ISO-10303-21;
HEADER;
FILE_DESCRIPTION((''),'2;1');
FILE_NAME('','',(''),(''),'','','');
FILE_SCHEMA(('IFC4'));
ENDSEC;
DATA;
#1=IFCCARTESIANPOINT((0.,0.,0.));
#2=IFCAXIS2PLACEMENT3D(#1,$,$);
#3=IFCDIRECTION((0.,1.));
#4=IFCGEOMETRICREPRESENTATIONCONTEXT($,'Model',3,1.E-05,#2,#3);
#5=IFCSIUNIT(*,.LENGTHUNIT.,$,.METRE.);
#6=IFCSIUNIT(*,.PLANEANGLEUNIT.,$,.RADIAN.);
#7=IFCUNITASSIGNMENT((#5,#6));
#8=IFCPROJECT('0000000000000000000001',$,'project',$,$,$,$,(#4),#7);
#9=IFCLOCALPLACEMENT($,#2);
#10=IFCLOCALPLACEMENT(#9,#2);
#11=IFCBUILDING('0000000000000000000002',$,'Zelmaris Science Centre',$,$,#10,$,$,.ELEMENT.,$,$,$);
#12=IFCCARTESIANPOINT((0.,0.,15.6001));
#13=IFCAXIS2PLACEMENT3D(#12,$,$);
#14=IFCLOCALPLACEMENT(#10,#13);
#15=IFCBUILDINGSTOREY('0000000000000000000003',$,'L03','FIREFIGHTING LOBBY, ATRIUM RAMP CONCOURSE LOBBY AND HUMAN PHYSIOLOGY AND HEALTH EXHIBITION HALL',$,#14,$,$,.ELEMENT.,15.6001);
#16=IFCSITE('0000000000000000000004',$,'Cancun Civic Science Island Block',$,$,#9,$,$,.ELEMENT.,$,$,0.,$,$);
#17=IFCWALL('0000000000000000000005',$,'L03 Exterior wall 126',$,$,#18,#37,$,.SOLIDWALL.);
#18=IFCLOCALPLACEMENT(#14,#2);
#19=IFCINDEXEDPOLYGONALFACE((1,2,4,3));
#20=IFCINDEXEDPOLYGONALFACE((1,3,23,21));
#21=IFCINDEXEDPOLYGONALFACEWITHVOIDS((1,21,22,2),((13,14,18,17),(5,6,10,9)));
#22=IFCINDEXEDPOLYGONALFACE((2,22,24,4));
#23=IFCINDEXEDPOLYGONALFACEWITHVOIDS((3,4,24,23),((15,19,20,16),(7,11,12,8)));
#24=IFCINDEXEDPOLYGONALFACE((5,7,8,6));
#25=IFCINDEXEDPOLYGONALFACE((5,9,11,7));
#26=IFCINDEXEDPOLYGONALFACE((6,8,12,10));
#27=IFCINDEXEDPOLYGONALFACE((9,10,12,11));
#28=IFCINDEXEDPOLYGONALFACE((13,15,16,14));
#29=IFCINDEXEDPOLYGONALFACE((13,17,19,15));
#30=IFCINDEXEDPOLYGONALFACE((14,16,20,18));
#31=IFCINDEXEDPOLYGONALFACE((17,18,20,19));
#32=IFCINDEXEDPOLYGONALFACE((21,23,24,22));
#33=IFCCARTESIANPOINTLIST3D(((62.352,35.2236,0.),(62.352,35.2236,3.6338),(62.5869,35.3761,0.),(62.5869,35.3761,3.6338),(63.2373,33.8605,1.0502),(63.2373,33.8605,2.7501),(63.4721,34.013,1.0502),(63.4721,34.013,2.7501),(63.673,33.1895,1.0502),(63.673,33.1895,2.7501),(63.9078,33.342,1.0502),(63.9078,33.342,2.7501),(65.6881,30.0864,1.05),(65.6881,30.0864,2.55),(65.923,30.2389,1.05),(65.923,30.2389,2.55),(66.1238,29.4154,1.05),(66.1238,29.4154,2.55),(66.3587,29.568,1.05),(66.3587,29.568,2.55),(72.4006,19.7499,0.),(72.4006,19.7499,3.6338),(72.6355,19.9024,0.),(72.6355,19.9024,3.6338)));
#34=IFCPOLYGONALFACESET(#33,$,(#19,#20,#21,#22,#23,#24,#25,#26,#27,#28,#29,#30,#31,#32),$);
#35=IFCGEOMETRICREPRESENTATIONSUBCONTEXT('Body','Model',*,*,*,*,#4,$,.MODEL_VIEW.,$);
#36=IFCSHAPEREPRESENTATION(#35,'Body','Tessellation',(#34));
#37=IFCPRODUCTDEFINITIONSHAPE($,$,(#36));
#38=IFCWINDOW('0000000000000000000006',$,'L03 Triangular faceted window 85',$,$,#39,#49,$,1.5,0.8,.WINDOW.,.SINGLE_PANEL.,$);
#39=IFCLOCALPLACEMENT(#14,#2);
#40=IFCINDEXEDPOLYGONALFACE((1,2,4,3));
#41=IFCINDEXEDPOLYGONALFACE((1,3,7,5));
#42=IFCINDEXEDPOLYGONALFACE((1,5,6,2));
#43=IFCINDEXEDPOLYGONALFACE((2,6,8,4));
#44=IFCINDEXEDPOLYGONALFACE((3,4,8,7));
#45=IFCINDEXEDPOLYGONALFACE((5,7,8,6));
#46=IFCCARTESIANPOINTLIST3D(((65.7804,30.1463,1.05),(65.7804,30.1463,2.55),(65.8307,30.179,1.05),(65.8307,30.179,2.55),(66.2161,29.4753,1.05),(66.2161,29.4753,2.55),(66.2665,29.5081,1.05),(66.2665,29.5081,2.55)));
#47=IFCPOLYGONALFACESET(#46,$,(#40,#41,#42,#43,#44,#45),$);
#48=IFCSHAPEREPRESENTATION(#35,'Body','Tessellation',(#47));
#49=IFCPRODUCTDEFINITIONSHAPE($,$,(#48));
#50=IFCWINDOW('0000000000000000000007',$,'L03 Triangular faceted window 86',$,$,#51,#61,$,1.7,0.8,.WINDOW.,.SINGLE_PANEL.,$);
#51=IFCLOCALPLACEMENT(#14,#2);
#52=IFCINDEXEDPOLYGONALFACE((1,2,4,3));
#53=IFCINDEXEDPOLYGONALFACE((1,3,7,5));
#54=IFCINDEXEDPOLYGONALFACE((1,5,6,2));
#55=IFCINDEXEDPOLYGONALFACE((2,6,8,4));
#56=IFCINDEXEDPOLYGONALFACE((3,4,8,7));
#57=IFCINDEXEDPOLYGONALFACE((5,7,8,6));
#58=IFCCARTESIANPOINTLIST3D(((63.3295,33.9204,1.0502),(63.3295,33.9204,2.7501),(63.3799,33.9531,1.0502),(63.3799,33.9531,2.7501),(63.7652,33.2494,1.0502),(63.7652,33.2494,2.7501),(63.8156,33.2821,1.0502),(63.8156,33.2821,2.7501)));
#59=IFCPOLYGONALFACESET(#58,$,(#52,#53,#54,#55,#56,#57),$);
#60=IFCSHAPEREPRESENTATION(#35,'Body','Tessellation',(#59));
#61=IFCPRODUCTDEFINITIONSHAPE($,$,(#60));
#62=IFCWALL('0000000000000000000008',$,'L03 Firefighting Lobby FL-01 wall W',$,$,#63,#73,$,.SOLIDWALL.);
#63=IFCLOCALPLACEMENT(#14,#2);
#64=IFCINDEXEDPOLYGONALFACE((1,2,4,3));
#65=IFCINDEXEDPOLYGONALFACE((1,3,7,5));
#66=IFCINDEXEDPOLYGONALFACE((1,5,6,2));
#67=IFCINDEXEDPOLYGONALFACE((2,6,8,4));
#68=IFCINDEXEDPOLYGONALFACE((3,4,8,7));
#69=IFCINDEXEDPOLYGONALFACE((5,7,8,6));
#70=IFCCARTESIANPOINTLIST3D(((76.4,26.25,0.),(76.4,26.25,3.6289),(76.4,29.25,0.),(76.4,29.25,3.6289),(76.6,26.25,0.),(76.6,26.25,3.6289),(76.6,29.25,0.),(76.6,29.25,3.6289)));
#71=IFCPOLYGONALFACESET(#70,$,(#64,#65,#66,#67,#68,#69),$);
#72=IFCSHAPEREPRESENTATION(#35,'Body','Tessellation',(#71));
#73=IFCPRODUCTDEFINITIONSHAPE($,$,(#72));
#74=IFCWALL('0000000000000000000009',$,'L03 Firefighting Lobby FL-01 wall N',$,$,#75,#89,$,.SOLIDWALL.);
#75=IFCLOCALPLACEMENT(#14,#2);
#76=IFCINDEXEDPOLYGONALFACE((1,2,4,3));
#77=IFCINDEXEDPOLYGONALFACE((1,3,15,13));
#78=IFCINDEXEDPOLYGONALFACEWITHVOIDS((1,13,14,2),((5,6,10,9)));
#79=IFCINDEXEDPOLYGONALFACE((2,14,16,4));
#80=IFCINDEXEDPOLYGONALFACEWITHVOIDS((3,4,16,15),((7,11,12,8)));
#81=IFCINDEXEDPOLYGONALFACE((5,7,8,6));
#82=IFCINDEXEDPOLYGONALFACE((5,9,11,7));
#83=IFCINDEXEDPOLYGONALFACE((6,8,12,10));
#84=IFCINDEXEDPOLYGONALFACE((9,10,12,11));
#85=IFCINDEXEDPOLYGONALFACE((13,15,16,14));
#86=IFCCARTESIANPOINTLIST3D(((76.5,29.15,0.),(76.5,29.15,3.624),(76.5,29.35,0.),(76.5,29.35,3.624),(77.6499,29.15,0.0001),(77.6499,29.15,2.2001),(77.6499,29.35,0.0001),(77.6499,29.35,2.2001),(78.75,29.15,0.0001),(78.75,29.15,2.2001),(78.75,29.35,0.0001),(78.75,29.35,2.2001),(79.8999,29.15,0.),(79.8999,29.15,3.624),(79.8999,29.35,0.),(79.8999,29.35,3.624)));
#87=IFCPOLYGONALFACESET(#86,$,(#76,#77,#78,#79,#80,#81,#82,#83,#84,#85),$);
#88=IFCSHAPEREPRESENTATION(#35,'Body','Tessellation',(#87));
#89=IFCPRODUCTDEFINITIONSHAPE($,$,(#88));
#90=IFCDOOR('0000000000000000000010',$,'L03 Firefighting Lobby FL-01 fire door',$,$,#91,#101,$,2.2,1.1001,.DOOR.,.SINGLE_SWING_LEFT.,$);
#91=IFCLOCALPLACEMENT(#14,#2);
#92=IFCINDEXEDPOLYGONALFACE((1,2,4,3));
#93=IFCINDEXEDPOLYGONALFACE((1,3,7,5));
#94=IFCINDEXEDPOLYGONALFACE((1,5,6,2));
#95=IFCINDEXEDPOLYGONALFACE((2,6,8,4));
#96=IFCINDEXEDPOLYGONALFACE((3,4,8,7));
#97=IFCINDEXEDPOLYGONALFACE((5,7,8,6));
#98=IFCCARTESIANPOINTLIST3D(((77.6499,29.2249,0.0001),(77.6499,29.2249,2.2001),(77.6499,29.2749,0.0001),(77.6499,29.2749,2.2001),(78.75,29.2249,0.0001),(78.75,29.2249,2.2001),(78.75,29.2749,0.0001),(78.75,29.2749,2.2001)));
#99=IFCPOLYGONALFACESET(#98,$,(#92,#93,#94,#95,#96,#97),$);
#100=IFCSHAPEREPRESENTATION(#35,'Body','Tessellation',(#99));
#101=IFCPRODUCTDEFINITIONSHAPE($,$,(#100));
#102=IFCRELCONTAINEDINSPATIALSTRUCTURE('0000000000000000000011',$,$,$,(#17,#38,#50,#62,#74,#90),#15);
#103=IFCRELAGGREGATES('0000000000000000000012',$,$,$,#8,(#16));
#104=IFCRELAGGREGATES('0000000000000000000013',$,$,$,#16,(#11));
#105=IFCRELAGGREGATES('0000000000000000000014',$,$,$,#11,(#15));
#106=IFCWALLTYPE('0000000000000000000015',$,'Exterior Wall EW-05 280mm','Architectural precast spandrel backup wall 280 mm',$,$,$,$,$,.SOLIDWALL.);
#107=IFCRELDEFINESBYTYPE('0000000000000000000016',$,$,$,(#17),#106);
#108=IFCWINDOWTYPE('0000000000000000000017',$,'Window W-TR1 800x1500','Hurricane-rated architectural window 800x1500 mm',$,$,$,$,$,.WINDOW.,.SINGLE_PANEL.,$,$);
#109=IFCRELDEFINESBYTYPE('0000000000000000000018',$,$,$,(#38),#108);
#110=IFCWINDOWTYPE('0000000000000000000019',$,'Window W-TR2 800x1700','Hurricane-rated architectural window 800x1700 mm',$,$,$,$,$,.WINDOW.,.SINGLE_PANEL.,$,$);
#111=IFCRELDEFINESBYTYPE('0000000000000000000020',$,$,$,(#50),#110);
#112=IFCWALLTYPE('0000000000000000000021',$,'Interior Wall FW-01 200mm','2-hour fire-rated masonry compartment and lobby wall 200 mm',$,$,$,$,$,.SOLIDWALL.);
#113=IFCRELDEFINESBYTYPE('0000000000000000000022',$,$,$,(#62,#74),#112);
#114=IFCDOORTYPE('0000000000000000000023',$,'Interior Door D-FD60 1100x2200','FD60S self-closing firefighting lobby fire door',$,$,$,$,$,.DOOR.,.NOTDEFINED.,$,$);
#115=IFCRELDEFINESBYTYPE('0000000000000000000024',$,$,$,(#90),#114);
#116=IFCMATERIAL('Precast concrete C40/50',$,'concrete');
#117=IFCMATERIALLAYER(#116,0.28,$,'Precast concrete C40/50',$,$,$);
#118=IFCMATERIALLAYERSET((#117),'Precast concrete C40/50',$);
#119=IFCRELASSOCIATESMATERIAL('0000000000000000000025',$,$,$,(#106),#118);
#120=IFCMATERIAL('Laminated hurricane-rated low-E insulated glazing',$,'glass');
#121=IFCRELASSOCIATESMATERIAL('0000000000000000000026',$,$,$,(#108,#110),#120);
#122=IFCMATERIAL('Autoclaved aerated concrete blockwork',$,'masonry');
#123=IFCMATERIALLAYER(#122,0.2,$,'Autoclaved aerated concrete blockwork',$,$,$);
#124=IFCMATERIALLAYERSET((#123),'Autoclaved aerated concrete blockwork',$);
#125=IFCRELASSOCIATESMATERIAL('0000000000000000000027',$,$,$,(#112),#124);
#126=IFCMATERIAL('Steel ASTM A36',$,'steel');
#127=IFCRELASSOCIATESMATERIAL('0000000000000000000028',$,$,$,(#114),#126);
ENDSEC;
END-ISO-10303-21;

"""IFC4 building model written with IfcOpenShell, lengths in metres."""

from ifc_helpers import new_model, si_unit, direction, frame, frame_2d, origin, place, context, subcontext, project, spatial, rectangle, extrude, material, layer, layer_set, type_object, element, fill, save


model = new_model("IFC4")

# Units and contexts
model_context = context("Model", 3, precision=1e-05, world=origin(), true_north=direction((0.0, 1.0)))
body_context = subcontext(model_context, "Body", "Model", "MODEL_VIEW")
ifc_project = project(units=[si_unit("LENGTHUNIT", "METRE"), si_unit("PLANEANGLEUNIT", "RADIAN")], contexts=[model_context])

# Site, building, storey
site_placement = place(None, origin())
site = spatial("IfcSite", under=ifc_project, at=site_placement, Name="Cancun Civic Science Island Block", CompositionType="ELEMENT", RefElevation=0.0)
building_placement = place(site_placement, origin())
building = spatial("IfcBuilding", under=site, at=building_placement, Name="Zelmaris Science Centre", CompositionType="ELEMENT")
storey_placement = place(building_placement, frame((0.0, 0.0, 15.6001)))
storey = spatial("IfcBuildingStorey", under=building, at=storey_placement, Name="L03", Description="FIREFIGHTING LOBBY, ATRIUM RAMP CONCOURSE LOBBY AND HUMAN PHYSIOLOGY AND HEALTH EXHIBITION HALL", CompositionType="ELEMENT", Elevation=15.6001)

# Shared definitions
ifc_material_1 = material(Name="Precast concrete C40/50", Category="concrete")

# Wall, openings, windows
ifc_layer_1 = layer(ifc_material_1, 0.28, Name="Precast concrete C40/50")
ifc_layer_set_1 = layer_set([ifc_layer_1], Name="Precast concrete C40/50")
wall_type_1 = type_object("IfcWallType", Name="Exterior Wall EW-05 280mm", Description="Architectural precast spandrel backup wall 280 mm", PredefinedType="SOLIDWALL", material=ifc_layer_set_1)
wall_1_placement = place(storey_placement, frame((72.5181, 19.8262, 0.0), z_axis=(0.0, 0.0, 1.0), x_axis=(-0.544635, 0.838673, 0.0)))
wall_1 = element("IfcWall", 1, at=wall_1_placement, inside=storey, type_object=wall_type_1, Name="L03 Exterior wall 126", PredefinedType="SOLIDWALL", context=body_context, shape_type="SweptSolid", body=[
    extrude(rectangle(XDim=18.4502, YDim=0.28, at=frame_2d((9.2251, 0.0))), origin(), (0.0, 0.0, 1.0), 3.6338),
])
opening_1_placement = place(wall_1_placement, frame((11.5249, 0.0, 1.05)))
opening_1 = element("IfcOpeningElement", 2, at=opening_1_placement, cuts=wall_1, PredefinedType="OPENING", context=body_context, shape_type="SweptSolid", body=[
    extrude(rectangle(XDim=0.8, YDim=1.5, at=frame_2d((0.3999, 0.75))), frame((0.0, 0.1499, 0.0), z_axis=(0.0, -1.0, 0.0), x_axis=(1.0, 0.0, 0.0)), (0.0, 0.0, 1.0), 0.3),
])
opening_2_placement = place(wall_1_placement, frame((16.0249, 0.0, 1.05)))
opening_2 = element("IfcOpeningElement", 3, at=opening_2_placement, cuts=wall_1, PredefinedType="OPENING", context=body_context, shape_type="SweptSolid", body=[
    extrude(rectangle(XDim=0.8, YDim=1.7, at=frame_2d((0.3999, 0.8501))), frame((0.0, 0.1499, 0.0), z_axis=(0.0, -1.0, 0.0), x_axis=(1.0, 0.0, 0.0)), (0.0, 0.0, 1.0), 0.3),
])
ifc_material_2 = material(Name="Laminated hurricane-rated low-E insulated glazing", Category="glass")
window_type_1 = type_object("IfcWindowType", Name="Window W-TR1 800x1500", Description="Hurricane-rated architectural window 800x1500 mm", PartitioningType="SINGLE_PANEL", PredefinedType="WINDOW", material=ifc_material_2)
window_1_placement = place(opening_1_placement, origin())
window_1 = element("IfcWindow", 4, at=window_1_placement, inside=storey, type_object=window_type_1, Name="L03 Triangular faceted window 85", OverallHeight=1.5, OverallWidth=0.8, PartitioningType="SINGLE_PANEL", PredefinedType="WINDOW", context=body_context, shape_type="SweptSolid", body=[
    extrude(rectangle(XDim=0.8, YDim=1.5, at=frame_2d((0.3999, 0.75))), frame((0.0, 0.03, 0.0), z_axis=(0.0, -1.0, 0.0), x_axis=(1.0, 0.0, 0.0)), (0.0, 0.0, 1.0), 0.0601),
])
fill(opening_1, window_1)
window_type_2 = type_object("IfcWindowType", Name="Window W-TR2 800x1700", Description="Hurricane-rated architectural window 800x1700 mm", PartitioningType="SINGLE_PANEL", PredefinedType="WINDOW", material=ifc_material_2)
window_2_placement = place(opening_2_placement, origin())
window_2 = element("IfcWindow", 5, at=window_2_placement, inside=storey, type_object=window_type_2, Name="L03 Triangular faceted window 86", OverallHeight=1.7, OverallWidth=0.8, PartitioningType="SINGLE_PANEL", PredefinedType="WINDOW", context=body_context, shape_type="SweptSolid", body=[
    extrude(rectangle(XDim=0.8, YDim=1.7, at=frame_2d((0.3999, 0.8501))), frame((0.0, 0.03, 0.0), z_axis=(0.0, -1.0, 0.0), x_axis=(1.0, 0.0, 0.0)), (0.0, 0.0, 1.0), 0.0601),
])
fill(opening_2, window_2)

# Wall
ifc_material_3 = material(Name="Autoclaved aerated concrete blockwork", Category="masonry")
ifc_layer_2 = layer(ifc_material_3, 0.2, Name="Autoclaved aerated concrete blockwork")
ifc_layer_set_2 = layer_set([ifc_layer_2], Name="Autoclaved aerated concrete blockwork")
wall_type_2 = type_object("IfcWallType", Name="Interior Wall FW-01 200mm", Description="2-hour fire-rated masonry compartment and lobby wall 200 mm", PredefinedType="SOLIDWALL", material=ifc_layer_set_2)
wall_2_placement = place(storey_placement, frame((76.5, 26.25, 0.0), z_axis=(0.0, 0.0, 1.0), x_axis=(0.0, 1.0, 0.0)))
element("IfcWall", 6, at=wall_2_placement, inside=storey, type_object=wall_type_2, Name="L03 Firefighting Lobby FL-01 wall W", PredefinedType="SOLIDWALL", context=body_context, shape_type="SweptSolid", body=[
    extrude(rectangle(XDim=3.0, YDim=0.2, at=frame_2d((1.5, 0.0))), origin(), (0.0, 0.0, 1.0), 3.6289),
])

# Wall, opening, door
wall_3_placement = place(storey_placement, frame((76.5, 29.25, 0.0), z_axis=(0.0, 0.0, 1.0), x_axis=(1.0, 0.0, 0.0)))
wall_3 = element("IfcWall", 7, at=wall_3_placement, inside=storey, type_object=wall_type_2, Name="L03 Firefighting Lobby FL-01 wall N", PredefinedType="SOLIDWALL", context=body_context, shape_type="SweptSolid", body=[
    extrude(rectangle(XDim=3.3999, YDim=0.2, at=frame_2d((1.7, 0.0))), origin(), (0.0, 0.0, 1.0), 3.624),
])
opening_3_placement = place(wall_3_placement, frame((1.1499, 0.0, 0.0)))
opening_3 = element("IfcOpeningElement", 8, at=opening_3_placement, cuts=wall_3, PredefinedType="OPENING", context=body_context, shape_type="SweptSolid", body=[
    extrude(rectangle(XDim=1.1001, YDim=2.2, at=frame_2d((0.55, 1.1001))), frame((0.0, 0.1099, 0.0), z_axis=(0.0, -1.0, 0.0), x_axis=(1.0, 0.0, 0.0)), (0.0, 0.0, 1.0), 0.22),
])
ifc_material_4 = material(Name="Steel ASTM A36", Category="steel")
door_type = type_object("IfcDoorType", Name="Interior Door D-FD60 1100x2200", Description="FD60S self-closing firefighting lobby fire door", OperationType="NOTDEFINED", PredefinedType="DOOR", material=ifc_material_4)
door_placement = place(opening_3_placement, origin())
door = element("IfcDoor", 9, at=door_placement, inside=storey, type_object=door_type, Name="L03 Firefighting Lobby FL-01 fire door", OperationType="SINGLE_SWING_LEFT", OverallHeight=2.2, OverallWidth=1.1001, PredefinedType="DOOR", context=body_context, shape_type="SweptSolid", body=[
    extrude(rectangle(XDim=1.1001, YDim=2.2, at=frame_2d((0.55, 1.1001))), frame((0.0, 0.0249, 0.0), z_axis=(0.0, -1.0, 0.0), x_axis=(1.0, 0.0, 0.0)), (0.0, 0.0, 1.0), 0.05),
])
fill(opening_3, door)

save(model, "model.ifc")
